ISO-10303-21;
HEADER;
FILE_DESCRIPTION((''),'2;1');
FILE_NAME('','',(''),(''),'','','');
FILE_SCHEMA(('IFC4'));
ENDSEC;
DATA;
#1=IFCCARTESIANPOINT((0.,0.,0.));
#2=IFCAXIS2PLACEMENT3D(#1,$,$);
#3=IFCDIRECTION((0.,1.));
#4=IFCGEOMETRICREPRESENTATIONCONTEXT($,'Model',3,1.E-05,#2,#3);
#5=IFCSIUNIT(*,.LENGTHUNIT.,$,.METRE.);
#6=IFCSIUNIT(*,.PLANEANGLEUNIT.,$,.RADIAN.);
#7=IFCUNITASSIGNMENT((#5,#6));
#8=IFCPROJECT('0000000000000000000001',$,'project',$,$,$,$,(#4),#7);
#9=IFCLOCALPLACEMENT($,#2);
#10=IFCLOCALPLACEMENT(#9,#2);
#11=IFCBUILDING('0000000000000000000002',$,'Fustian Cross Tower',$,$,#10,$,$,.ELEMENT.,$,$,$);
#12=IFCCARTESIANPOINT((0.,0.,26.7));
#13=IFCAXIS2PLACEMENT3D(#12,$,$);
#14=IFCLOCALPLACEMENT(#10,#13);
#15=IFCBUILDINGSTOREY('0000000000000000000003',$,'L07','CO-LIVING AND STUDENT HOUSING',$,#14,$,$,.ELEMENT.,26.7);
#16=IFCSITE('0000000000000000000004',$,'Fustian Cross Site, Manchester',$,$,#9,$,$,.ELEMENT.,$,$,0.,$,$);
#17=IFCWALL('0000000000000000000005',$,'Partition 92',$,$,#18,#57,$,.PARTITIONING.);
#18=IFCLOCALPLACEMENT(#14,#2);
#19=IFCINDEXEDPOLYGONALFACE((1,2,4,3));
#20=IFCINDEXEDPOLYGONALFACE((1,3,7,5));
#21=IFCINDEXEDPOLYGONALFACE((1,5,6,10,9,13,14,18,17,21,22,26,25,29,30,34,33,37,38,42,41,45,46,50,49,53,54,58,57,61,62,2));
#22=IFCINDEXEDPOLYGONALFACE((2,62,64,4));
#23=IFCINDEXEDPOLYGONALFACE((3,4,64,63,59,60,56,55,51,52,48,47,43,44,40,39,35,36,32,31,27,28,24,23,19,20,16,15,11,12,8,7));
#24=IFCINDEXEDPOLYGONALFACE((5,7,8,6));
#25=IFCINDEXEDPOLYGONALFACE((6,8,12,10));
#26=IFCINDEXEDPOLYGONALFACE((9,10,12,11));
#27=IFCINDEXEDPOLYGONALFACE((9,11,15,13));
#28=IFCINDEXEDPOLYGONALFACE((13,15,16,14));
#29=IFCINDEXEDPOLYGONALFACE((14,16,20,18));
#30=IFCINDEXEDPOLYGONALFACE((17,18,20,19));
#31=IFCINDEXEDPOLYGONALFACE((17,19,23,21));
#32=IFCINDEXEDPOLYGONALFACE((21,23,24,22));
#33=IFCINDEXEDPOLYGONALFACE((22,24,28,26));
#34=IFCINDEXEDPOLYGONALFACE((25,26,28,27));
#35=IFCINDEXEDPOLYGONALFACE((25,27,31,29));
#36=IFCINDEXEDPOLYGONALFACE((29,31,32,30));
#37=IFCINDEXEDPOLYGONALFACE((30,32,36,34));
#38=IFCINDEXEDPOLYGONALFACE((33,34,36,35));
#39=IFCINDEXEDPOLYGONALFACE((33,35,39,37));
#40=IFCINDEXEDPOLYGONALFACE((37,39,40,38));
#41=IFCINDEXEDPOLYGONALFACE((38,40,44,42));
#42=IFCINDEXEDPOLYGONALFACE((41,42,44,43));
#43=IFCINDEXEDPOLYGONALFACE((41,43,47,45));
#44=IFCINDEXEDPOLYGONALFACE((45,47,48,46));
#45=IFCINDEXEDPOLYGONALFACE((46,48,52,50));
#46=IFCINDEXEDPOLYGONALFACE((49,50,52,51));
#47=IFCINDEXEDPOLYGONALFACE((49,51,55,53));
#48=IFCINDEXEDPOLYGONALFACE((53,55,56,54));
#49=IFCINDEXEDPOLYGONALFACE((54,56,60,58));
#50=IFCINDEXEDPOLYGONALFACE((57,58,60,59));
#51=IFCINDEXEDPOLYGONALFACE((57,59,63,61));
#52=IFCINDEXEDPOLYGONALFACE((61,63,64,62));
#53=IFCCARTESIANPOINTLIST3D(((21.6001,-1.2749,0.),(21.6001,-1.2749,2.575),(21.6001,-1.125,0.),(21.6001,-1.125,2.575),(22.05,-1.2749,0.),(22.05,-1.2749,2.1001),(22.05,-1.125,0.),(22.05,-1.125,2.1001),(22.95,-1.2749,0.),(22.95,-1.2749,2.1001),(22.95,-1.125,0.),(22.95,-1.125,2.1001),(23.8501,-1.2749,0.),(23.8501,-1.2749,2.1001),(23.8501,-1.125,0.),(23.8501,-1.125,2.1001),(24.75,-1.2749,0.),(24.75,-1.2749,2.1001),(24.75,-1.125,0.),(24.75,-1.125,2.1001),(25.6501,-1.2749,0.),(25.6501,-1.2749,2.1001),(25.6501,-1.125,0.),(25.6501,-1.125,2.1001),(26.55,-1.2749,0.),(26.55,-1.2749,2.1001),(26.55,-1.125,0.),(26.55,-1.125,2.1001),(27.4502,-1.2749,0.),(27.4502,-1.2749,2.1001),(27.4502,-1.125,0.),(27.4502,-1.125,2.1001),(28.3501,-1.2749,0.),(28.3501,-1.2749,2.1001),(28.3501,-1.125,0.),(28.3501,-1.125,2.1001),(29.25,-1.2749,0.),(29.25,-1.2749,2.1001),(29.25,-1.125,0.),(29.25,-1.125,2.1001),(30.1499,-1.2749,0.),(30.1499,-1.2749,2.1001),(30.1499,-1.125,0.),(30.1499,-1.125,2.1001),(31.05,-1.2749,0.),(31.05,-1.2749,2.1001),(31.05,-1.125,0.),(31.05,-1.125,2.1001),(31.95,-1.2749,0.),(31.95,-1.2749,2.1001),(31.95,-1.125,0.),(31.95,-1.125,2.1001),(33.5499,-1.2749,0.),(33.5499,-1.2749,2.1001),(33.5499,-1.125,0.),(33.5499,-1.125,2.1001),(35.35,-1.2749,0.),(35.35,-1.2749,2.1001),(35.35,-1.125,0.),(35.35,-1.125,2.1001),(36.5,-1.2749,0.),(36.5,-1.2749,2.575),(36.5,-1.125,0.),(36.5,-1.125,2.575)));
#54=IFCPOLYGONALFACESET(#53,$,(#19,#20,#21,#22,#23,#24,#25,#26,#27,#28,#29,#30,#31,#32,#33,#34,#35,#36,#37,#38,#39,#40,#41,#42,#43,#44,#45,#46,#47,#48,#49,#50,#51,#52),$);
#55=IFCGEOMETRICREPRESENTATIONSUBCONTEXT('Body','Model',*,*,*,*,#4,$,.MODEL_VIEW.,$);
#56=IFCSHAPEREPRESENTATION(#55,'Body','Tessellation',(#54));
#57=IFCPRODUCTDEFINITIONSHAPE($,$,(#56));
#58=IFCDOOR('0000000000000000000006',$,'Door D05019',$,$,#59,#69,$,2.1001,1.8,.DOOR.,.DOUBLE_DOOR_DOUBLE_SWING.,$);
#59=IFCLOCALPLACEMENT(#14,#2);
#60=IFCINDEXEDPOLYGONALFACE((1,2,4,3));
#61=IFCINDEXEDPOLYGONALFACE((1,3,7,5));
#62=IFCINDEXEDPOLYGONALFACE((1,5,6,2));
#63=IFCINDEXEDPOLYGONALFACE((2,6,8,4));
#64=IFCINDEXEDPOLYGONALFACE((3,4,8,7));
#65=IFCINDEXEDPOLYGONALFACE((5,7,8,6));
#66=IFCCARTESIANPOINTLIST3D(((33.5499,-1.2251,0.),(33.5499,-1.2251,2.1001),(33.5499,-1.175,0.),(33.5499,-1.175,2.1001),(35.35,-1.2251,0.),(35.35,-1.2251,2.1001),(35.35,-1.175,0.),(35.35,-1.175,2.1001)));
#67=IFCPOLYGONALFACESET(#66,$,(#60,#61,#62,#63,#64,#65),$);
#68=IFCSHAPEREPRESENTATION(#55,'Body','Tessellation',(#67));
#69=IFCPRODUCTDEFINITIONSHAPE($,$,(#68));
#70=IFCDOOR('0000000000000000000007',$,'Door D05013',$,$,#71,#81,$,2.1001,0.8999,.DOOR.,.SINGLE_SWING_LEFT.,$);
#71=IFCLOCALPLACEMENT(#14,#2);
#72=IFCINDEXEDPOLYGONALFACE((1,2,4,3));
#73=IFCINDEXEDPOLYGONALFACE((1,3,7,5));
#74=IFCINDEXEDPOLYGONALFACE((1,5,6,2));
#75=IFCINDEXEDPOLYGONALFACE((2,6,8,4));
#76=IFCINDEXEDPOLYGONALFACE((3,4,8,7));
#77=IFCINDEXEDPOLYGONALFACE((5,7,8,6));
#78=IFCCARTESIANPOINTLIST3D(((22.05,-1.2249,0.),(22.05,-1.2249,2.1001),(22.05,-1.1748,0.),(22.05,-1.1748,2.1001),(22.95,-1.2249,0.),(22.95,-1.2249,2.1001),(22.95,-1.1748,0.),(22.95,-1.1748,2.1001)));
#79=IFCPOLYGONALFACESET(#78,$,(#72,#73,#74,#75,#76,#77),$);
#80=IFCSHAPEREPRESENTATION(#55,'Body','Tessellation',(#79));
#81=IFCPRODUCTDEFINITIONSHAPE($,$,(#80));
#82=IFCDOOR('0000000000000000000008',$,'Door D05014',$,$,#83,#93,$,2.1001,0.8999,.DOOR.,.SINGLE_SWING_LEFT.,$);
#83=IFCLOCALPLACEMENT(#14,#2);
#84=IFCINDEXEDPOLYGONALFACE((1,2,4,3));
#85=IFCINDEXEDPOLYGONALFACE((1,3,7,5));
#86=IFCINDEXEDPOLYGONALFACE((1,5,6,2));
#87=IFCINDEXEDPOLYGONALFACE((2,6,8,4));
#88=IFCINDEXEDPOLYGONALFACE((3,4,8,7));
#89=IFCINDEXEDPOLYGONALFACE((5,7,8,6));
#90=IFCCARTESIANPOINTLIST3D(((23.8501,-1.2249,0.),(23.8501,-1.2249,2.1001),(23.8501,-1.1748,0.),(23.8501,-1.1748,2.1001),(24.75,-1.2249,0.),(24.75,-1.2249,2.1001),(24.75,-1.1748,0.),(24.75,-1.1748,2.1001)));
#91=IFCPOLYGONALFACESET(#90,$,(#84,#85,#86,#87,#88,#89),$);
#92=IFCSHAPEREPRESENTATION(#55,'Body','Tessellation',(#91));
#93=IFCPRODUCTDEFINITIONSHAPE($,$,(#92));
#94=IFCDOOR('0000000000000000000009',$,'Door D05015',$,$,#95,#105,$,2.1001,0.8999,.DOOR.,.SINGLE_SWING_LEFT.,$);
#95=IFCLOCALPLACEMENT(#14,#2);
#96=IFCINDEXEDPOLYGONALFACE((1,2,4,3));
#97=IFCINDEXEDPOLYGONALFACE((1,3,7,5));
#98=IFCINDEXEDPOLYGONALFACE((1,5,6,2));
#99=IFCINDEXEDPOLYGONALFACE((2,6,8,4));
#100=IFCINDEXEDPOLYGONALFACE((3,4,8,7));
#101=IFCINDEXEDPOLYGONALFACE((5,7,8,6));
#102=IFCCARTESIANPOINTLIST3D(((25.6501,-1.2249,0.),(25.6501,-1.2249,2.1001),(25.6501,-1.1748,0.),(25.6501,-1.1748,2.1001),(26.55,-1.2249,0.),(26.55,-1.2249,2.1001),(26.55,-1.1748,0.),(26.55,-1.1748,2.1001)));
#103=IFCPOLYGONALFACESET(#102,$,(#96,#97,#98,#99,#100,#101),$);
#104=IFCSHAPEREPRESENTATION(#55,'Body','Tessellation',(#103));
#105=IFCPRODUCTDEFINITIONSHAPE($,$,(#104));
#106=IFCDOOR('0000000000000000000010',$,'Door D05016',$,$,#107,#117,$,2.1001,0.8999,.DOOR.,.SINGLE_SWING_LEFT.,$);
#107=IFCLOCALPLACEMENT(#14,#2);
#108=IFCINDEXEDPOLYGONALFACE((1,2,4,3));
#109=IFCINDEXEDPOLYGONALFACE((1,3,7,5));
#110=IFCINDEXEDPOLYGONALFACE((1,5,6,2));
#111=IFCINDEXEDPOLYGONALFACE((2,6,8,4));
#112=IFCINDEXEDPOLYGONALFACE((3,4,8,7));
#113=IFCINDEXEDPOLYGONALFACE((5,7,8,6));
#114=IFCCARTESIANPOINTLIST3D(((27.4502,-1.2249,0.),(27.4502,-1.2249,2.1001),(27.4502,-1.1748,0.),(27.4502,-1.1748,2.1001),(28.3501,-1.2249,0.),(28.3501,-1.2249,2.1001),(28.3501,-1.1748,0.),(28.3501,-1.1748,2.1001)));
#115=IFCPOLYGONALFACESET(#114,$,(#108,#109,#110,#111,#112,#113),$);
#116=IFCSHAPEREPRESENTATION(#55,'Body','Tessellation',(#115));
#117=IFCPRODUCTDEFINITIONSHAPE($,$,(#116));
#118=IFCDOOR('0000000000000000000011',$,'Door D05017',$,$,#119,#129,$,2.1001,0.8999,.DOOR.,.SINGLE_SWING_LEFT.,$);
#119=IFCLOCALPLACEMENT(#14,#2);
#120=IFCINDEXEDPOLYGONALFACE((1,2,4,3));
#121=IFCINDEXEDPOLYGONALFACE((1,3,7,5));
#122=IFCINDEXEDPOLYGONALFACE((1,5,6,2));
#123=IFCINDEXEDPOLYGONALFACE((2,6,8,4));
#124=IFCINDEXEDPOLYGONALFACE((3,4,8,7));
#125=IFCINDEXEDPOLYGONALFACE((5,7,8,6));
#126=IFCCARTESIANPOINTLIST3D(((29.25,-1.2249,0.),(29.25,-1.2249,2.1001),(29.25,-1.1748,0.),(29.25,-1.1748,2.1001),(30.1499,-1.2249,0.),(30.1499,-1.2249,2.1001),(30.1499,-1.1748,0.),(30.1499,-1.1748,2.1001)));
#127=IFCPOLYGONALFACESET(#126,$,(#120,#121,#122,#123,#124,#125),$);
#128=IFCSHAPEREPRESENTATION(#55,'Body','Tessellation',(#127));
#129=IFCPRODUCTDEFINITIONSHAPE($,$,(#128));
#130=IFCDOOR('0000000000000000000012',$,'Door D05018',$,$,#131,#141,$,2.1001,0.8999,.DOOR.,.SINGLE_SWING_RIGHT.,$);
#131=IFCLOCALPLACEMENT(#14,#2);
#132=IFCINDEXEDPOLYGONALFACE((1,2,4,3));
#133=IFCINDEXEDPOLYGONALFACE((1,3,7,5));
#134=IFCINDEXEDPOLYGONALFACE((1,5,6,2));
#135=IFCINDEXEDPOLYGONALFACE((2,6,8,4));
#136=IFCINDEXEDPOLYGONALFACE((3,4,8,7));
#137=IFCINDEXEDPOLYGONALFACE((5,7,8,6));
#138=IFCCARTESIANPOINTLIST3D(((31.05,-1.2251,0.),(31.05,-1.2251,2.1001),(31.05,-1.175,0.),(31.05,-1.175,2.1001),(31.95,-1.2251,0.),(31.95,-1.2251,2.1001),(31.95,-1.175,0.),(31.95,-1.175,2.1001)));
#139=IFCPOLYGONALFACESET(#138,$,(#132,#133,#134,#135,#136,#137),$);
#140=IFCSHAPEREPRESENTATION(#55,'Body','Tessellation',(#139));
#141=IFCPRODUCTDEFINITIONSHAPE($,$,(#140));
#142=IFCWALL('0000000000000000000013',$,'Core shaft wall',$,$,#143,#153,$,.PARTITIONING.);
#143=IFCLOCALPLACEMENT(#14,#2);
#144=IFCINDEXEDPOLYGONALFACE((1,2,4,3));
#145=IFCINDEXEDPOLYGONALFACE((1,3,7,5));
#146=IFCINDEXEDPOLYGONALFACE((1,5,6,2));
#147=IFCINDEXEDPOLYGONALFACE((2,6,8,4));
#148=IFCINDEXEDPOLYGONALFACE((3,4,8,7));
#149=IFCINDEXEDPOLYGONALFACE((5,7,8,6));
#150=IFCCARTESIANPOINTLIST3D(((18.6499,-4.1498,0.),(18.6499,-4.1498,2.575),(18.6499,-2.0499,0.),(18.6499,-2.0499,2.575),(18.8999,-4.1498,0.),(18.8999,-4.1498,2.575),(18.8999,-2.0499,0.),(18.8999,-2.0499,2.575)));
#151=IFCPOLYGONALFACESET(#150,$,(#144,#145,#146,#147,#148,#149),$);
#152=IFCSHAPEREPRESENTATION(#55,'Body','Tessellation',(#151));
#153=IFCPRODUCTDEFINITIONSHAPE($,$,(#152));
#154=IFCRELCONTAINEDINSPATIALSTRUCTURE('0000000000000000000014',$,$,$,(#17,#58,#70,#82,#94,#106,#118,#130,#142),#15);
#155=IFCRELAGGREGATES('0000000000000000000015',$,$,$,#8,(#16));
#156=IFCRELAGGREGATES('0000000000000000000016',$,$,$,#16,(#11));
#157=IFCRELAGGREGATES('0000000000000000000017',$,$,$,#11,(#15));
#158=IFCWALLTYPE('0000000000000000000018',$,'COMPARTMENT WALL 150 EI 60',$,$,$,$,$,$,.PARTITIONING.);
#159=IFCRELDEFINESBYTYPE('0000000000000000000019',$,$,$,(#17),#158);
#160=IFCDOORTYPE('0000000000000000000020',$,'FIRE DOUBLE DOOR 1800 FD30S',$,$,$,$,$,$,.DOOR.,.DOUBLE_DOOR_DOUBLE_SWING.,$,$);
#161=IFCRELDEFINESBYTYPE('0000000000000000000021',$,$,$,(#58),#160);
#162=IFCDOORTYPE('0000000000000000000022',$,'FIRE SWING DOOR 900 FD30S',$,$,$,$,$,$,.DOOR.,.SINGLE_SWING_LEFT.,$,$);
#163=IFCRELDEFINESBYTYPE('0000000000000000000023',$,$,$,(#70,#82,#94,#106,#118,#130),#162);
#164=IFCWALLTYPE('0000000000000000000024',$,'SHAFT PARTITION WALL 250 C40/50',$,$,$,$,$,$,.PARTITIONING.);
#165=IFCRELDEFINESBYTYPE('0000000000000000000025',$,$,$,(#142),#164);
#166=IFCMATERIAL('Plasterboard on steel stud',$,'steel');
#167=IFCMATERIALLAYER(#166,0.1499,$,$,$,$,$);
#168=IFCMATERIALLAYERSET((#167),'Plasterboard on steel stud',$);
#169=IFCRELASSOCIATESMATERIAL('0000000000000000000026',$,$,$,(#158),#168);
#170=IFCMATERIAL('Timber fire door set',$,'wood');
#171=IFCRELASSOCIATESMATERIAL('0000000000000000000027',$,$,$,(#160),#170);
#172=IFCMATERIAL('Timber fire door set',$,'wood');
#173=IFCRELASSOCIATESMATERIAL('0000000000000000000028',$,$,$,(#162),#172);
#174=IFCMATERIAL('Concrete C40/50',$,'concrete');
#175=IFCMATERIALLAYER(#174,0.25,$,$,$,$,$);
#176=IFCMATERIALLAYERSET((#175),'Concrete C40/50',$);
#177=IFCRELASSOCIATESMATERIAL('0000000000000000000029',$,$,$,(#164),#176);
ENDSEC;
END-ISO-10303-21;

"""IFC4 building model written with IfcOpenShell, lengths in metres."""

from ifc_helpers import new_model, si_unit, direction, frame, frame_2d, origin, place, context, subcontext, project, spatial, rectangle, extrude, material, layer, layer_set, type_object, element, fill, save


model = new_model("IFC4")

# Units and contexts
model_context = context("Model", 3, precision=1e-05, world=origin(), true_north=direction((0.0, 1.0)))
body_context = subcontext(model_context, "Body", "Model", "MODEL_VIEW")
ifc_project = project(units=[si_unit("LENGTHUNIT", "METRE"), si_unit("PLANEANGLEUNIT", "RADIAN")], contexts=[model_context])

# Site, building, storey
site_placement = place(None, origin())
site = spatial("IfcSite", under=ifc_project, at=site_placement, Name="Fustian Cross Site, Manchester", CompositionType="ELEMENT", RefElevation=0.0)
building_placement = place(site_placement, origin())
building = spatial("IfcBuilding", under=site, at=building_placement, Name="Fustian Cross Tower", CompositionType="ELEMENT")
storey_placement = place(building_placement, frame((0.0, 0.0, 26.7)))
storey = spatial("IfcBuildingStorey", under=building, at=storey_placement, Name="L07", Description="CO-LIVING AND STUDENT HOUSING", CompositionType="ELEMENT", Elevation=26.7)

# Wall, openings, doors
ifc_material_1 = material(Name="Plasterboard on steel stud", Category="steel")
ifc_layer_1 = layer(ifc_material_1, 0.1499)
ifc_layer_set_1 = layer_set([ifc_layer_1], Name="Plasterboard on steel stud")
wall_type_1 = type_object("IfcWallType", Name="COMPARTMENT WALL 150 EI 60", PredefinedType="PARTITIONING", material=ifc_layer_set_1)
wall_1_placement = place(storey_placement, frame((21.6001, -1.2, 0.0), z_axis=(0.0, 0.0, 1.0), x_axis=(1.0, 0.0, 0.0)))
wall_1 = element("IfcWall", 1, at=wall_1_placement, inside=storey, type_object=wall_type_1, Name="Partition 92", PredefinedType="PARTITIONING", context=body_context, shape_type="SweptSolid", body=[
    extrude(rectangle(XDim=14.8999, YDim=0.1499, at=frame_2d((7.45, 0.0))), origin(), (0.0, 0.0, 1.0), 2.575),
])
opening_1_placement = place(wall_1_placement, frame((0.45, 0.0, 0.0)))
opening_1 = element("IfcOpeningElement", 2, at=opening_1_placement, cuts=wall_1, PredefinedType="OPENING", context=body_context, shape_type="SweptSolid", body=[
    extrude(rectangle(XDim=0.8999, YDim=2.1001, at=frame_2d((0.45, 1.05))), frame((0.0, 0.085, 0.0), z_axis=(0.0, -1.0, 0.0), x_axis=(1.0, 0.0, 0.0)), (0.0, 0.0, 1.0), 0.1699),
])
opening_2_placement = place(wall_1_placement, frame((2.25, 0.0, 0.0)))
opening_2 = element("IfcOpeningElement", 3, at=opening_2_placement, cuts=wall_1, PredefinedType="OPENING", context=body_context, shape_type="SweptSolid", body=[
    extrude(rectangle(XDim=0.8999, YDim=2.1001, at=frame_2d((0.45, 1.05))), frame((0.0, 0.085, 0.0), z_axis=(0.0, -1.0, 0.0), x_axis=(1.0, 0.0, 0.0)), (0.0, 0.0, 1.0), 0.1699),
])
opening_3_placement = place(wall_1_placement, frame((4.05, 0.0, 0.0)))
opening_3 = element("IfcOpeningElement", 4, at=opening_3_placement, cuts=wall_1, PredefinedType="OPENING", context=body_context, shape_type="SweptSolid", body=[
    extrude(rectangle(XDim=0.8999, YDim=2.1001, at=frame_2d((0.45, 1.05))), frame((0.0, 0.085, 0.0), z_axis=(0.0, -1.0, 0.0), x_axis=(1.0, 0.0, 0.0)), (0.0, 0.0, 1.0), 0.1699),
])
opening_4_placement = place(wall_1_placement, frame((5.8501, 0.0, 0.0)))
opening_4 = element("IfcOpeningElement", 5, at=opening_4_placement, cuts=wall_1, PredefinedType="OPENING", context=body_context, shape_type="SweptSolid", body=[
    extrude(rectangle(XDim=0.8999, YDim=2.1001, at=frame_2d((0.45, 1.05))), frame((0.0, 0.085, 0.0), z_axis=(0.0, -1.0, 0.0), x_axis=(1.0, 0.0, 0.0)), (0.0, 0.0, 1.0), 0.1699),
])
opening_5_placement = place(wall_1_placement, frame((7.6499, 0.0, 0.0)))
opening_5 = element("IfcOpeningElement", 6, at=opening_5_placement, cuts=wall_1, PredefinedType="OPENING", context=body_context, shape_type="SweptSolid", body=[
    extrude(rectangle(XDim=0.8999, YDim=2.1001, at=frame_2d((0.45, 1.05))), frame((0.0, 0.085, 0.0), z_axis=(0.0, -1.0, 0.0), x_axis=(1.0, 0.0, 0.0)), (0.0, 0.0, 1.0), 0.1699),
])
opening_6_placement = place(wall_1_placement, frame((9.45, 0.0, 0.0)))
opening_6 = element("IfcOpeningElement", 7, at=opening_6_placement, cuts=wall_1, PredefinedType="OPENING", context=body_context, shape_type="SweptSolid", body=[
    extrude(rectangle(XDim=0.8999, YDim=2.1001, at=frame_2d((0.45, 1.05))), frame((0.0, 0.085, 0.0), z_axis=(0.0, -1.0, 0.0), x_axis=(1.0, 0.0, 0.0)), (0.0, 0.0, 1.0), 0.1699),
])
opening_7_placement = place(wall_1_placement, frame((11.95, 0.0, 0.0)))
opening_7 = element("IfcOpeningElement", 8, at=opening_7_placement, cuts=wall_1, PredefinedType="OPENING", context=body_context, shape_type="SweptSolid", body=[
    extrude(rectangle(XDim=1.8, YDim=2.1001, at=frame_2d((0.8999, 1.05))), frame((0.0, 0.085, 0.0), z_axis=(0.0, -1.0, 0.0), x_axis=(1.0, 0.0, 0.0)), (0.0, 0.0, 1.0), 0.1699),
])
ifc_material_2 = material(Name="Timber fire door set", Category="wood")
door_type_1 = type_object("IfcDoorType", Name="FIRE DOUBLE DOOR 1800 FD30S", OperationType="DOUBLE_DOOR_DOUBLE_SWING", PredefinedType="DOOR", material=ifc_material_2)
door_1_placement = place(opening_7_placement, origin())
door_1 = element("IfcDoor", 9, at=door_1_placement, inside=storey, type_object=door_type_1, Name="Door D05019", OperationType="DOUBLE_DOOR_DOUBLE_SWING", OverallHeight=2.1001, OverallWidth=1.8, PredefinedType="DOOR", context=body_context, shape_type="SweptSolid", body=[
    extrude(rectangle(XDim=1.8, YDim=2.1001, at=frame_2d((0.8999, 1.05))), frame((0.0, 0.0249, 0.0), z_axis=(0.0, -1.0, 0.0), x_axis=(1.0, 0.0, 0.0)), (0.0, 0.0, 1.0), 0.05),
])
fill(opening_7, door_1)
ifc_material_3 = material(Name="Timber fire door set", Category="wood")
door_type_2 = type_object("IfcDoorType", Name="FIRE SWING DOOR 900 FD30S", OperationType="SINGLE_SWING_LEFT", PredefinedType="DOOR", material=ifc_material_3)
door_2_placement = place(opening_1_placement, frame((0.8999, 0.0, 0.0), z_axis=(0.0, 0.0, 1.0), x_axis=(-1.0, 0.0, 0.0)))
door_2 = element("IfcDoor", 10, at=door_2_placement, inside=storey, type_object=door_type_2, Name="Door D05013", OperationType="SINGLE_SWING_LEFT", OverallHeight=2.1001, OverallWidth=0.8999, PredefinedType="DOOR", context=body_context, shape_type="SweptSolid", body=[
    extrude(rectangle(XDim=0.8999, YDim=2.1001, at=frame_2d((0.45, 1.05))), frame((0.0, 0.0249, 0.0), z_axis=(0.0, -1.0, 0.0), x_axis=(1.0, 0.0, 0.0)), (0.0, 0.0, 1.0), 0.05),
])
fill(opening_1, door_2)
door_3_placement = place(opening_2_placement, frame((0.8999, 0.0, 0.0), z_axis=(0.0, 0.0, 1.0), x_axis=(-1.0, 0.0, 0.0)))
door_3 = element("IfcDoor", 11, at=door_3_placement, inside=storey, type_object=door_type_2, Name="Door D05014", OperationType="SINGLE_SWING_LEFT", OverallHeight=2.1001, OverallWidth=0.8999, PredefinedType="DOOR", context=body_context, shape_type="SweptSolid", body=[
    extrude(rectangle(XDim=0.8999, YDim=2.1001, at=frame_2d((0.45, 1.05))), frame((0.0, 0.0249, 0.0), z_axis=(0.0, -1.0, 0.0), x_axis=(1.0, 0.0, 0.0)), (0.0, 0.0, 1.0), 0.05),
])
fill(opening_2, door_3)
door_4_placement = place(opening_3_placement, frame((0.8999, 0.0, 0.0), z_axis=(0.0, 0.0, 1.0), x_axis=(-1.0, 0.0, 0.0)))
door_4 = element("IfcDoor", 12, at=door_4_placement, inside=storey, type_object=door_type_2, Name="Door D05015", OperationType="SINGLE_SWING_LEFT", OverallHeight=2.1001, OverallWidth=0.8999, PredefinedType="DOOR", context=body_context, shape_type="SweptSolid", body=[
    extrude(rectangle(XDim=0.8999, YDim=2.1001, at=frame_2d((0.45, 1.05))), frame((0.0, 0.0249, 0.0), z_axis=(0.0, -1.0, 0.0), x_axis=(1.0, 0.0, 0.0)), (0.0, 0.0, 1.0), 0.05),
])
fill(opening_3, door_4)
door_5_placement = place(opening_4_placement, frame((0.8999, 0.0, 0.0), z_axis=(0.0, 0.0, 1.0), x_axis=(-1.0, 0.0, 0.0)))
door_5 = element("IfcDoor", 13, at=door_5_placement, inside=storey, type_object=door_type_2, Name="Door D05016", OperationType="SINGLE_SWING_LEFT", OverallHeight=2.1001, OverallWidth=0.8999, PredefinedType="DOOR", context=body_context, shape_type="SweptSolid", body=[
    extrude(rectangle(XDim=0.8999, YDim=2.1001, at=frame_2d((0.45, 1.05))), frame((0.0, 0.0249, 0.0), z_axis=(0.0, -1.0, 0.0), x_axis=(1.0, 0.0, 0.0)), (0.0, 0.0, 1.0), 0.05),
])
fill(opening_4, door_5)
door_6_placement = place(opening_5_placement, frame((0.8999, 0.0, 0.0), z_axis=(0.0, 0.0, 1.0), x_axis=(-1.0, 0.0, 0.0)))
door_6 = element("IfcDoor", 14, at=door_6_placement, inside=storey, type_object=door_type_2, Name="Door D05017", OperationType="SINGLE_SWING_LEFT", OverallHeight=2.1001, OverallWidth=0.8999, PredefinedType="DOOR", context=body_context, shape_type="SweptSolid", body=[
    extrude(rectangle(XDim=0.8999, YDim=2.1001, at=frame_2d((0.45, 1.05))), frame((0.0, 0.0249, 0.0), z_axis=(0.0, -1.0, 0.0), x_axis=(1.0, 0.0, 0.0)), (0.0, 0.0, 1.0), 0.05),
])
fill(opening_5, door_6)
door_7_placement = place(opening_6_placement, origin())
door_7 = element("IfcDoor", 15, at=door_7_placement, inside=storey, type_object=door_type_2, Name="Door D05018", OperationType="SINGLE_SWING_RIGHT", OverallHeight=2.1001, OverallWidth=0.8999, PredefinedType="DOOR", context=body_context, shape_type="SweptSolid", body=[
    extrude(rectangle(XDim=0.8999, YDim=2.1001, at=frame_2d((0.45, 1.05))), frame((0.0, 0.0249, 0.0), z_axis=(0.0, -1.0, 0.0), x_axis=(1.0, 0.0, 0.0)), (0.0, 0.0, 1.0), 0.05),
])
fill(opening_6, door_7)

# Wall
ifc_material_4 = material(Name="Concrete C40/50", Category="concrete")
ifc_layer_2 = layer(ifc_material_4, 0.25)
ifc_layer_set_2 = layer_set([ifc_layer_2], Name="Concrete C40/50")
wall_type_2 = type_object("IfcWallType", Name="SHAFT PARTITION WALL 250 C40/50", PredefinedType="PARTITIONING", material=ifc_layer_set_2)
wall_2_placement = place(storey_placement, frame((18.7749, -2.05, 0.0), z_axis=(0.0, 0.0, 1.0), x_axis=(0.0, -1.0, 0.0)))
element("IfcWall", 16, at=wall_2_placement, inside=storey, type_object=wall_type_2, Name="Core shaft wall", PredefinedType="PARTITIONING", context=body_context, shape_type="SweptSolid", body=[
    extrude(rectangle(XDim=2.0999, YDim=0.25, at=frame_2d((1.0498, 0.0))), origin(), (0.0, 0.0, 1.0), 2.575),
])

save(model, "model.ifc")
